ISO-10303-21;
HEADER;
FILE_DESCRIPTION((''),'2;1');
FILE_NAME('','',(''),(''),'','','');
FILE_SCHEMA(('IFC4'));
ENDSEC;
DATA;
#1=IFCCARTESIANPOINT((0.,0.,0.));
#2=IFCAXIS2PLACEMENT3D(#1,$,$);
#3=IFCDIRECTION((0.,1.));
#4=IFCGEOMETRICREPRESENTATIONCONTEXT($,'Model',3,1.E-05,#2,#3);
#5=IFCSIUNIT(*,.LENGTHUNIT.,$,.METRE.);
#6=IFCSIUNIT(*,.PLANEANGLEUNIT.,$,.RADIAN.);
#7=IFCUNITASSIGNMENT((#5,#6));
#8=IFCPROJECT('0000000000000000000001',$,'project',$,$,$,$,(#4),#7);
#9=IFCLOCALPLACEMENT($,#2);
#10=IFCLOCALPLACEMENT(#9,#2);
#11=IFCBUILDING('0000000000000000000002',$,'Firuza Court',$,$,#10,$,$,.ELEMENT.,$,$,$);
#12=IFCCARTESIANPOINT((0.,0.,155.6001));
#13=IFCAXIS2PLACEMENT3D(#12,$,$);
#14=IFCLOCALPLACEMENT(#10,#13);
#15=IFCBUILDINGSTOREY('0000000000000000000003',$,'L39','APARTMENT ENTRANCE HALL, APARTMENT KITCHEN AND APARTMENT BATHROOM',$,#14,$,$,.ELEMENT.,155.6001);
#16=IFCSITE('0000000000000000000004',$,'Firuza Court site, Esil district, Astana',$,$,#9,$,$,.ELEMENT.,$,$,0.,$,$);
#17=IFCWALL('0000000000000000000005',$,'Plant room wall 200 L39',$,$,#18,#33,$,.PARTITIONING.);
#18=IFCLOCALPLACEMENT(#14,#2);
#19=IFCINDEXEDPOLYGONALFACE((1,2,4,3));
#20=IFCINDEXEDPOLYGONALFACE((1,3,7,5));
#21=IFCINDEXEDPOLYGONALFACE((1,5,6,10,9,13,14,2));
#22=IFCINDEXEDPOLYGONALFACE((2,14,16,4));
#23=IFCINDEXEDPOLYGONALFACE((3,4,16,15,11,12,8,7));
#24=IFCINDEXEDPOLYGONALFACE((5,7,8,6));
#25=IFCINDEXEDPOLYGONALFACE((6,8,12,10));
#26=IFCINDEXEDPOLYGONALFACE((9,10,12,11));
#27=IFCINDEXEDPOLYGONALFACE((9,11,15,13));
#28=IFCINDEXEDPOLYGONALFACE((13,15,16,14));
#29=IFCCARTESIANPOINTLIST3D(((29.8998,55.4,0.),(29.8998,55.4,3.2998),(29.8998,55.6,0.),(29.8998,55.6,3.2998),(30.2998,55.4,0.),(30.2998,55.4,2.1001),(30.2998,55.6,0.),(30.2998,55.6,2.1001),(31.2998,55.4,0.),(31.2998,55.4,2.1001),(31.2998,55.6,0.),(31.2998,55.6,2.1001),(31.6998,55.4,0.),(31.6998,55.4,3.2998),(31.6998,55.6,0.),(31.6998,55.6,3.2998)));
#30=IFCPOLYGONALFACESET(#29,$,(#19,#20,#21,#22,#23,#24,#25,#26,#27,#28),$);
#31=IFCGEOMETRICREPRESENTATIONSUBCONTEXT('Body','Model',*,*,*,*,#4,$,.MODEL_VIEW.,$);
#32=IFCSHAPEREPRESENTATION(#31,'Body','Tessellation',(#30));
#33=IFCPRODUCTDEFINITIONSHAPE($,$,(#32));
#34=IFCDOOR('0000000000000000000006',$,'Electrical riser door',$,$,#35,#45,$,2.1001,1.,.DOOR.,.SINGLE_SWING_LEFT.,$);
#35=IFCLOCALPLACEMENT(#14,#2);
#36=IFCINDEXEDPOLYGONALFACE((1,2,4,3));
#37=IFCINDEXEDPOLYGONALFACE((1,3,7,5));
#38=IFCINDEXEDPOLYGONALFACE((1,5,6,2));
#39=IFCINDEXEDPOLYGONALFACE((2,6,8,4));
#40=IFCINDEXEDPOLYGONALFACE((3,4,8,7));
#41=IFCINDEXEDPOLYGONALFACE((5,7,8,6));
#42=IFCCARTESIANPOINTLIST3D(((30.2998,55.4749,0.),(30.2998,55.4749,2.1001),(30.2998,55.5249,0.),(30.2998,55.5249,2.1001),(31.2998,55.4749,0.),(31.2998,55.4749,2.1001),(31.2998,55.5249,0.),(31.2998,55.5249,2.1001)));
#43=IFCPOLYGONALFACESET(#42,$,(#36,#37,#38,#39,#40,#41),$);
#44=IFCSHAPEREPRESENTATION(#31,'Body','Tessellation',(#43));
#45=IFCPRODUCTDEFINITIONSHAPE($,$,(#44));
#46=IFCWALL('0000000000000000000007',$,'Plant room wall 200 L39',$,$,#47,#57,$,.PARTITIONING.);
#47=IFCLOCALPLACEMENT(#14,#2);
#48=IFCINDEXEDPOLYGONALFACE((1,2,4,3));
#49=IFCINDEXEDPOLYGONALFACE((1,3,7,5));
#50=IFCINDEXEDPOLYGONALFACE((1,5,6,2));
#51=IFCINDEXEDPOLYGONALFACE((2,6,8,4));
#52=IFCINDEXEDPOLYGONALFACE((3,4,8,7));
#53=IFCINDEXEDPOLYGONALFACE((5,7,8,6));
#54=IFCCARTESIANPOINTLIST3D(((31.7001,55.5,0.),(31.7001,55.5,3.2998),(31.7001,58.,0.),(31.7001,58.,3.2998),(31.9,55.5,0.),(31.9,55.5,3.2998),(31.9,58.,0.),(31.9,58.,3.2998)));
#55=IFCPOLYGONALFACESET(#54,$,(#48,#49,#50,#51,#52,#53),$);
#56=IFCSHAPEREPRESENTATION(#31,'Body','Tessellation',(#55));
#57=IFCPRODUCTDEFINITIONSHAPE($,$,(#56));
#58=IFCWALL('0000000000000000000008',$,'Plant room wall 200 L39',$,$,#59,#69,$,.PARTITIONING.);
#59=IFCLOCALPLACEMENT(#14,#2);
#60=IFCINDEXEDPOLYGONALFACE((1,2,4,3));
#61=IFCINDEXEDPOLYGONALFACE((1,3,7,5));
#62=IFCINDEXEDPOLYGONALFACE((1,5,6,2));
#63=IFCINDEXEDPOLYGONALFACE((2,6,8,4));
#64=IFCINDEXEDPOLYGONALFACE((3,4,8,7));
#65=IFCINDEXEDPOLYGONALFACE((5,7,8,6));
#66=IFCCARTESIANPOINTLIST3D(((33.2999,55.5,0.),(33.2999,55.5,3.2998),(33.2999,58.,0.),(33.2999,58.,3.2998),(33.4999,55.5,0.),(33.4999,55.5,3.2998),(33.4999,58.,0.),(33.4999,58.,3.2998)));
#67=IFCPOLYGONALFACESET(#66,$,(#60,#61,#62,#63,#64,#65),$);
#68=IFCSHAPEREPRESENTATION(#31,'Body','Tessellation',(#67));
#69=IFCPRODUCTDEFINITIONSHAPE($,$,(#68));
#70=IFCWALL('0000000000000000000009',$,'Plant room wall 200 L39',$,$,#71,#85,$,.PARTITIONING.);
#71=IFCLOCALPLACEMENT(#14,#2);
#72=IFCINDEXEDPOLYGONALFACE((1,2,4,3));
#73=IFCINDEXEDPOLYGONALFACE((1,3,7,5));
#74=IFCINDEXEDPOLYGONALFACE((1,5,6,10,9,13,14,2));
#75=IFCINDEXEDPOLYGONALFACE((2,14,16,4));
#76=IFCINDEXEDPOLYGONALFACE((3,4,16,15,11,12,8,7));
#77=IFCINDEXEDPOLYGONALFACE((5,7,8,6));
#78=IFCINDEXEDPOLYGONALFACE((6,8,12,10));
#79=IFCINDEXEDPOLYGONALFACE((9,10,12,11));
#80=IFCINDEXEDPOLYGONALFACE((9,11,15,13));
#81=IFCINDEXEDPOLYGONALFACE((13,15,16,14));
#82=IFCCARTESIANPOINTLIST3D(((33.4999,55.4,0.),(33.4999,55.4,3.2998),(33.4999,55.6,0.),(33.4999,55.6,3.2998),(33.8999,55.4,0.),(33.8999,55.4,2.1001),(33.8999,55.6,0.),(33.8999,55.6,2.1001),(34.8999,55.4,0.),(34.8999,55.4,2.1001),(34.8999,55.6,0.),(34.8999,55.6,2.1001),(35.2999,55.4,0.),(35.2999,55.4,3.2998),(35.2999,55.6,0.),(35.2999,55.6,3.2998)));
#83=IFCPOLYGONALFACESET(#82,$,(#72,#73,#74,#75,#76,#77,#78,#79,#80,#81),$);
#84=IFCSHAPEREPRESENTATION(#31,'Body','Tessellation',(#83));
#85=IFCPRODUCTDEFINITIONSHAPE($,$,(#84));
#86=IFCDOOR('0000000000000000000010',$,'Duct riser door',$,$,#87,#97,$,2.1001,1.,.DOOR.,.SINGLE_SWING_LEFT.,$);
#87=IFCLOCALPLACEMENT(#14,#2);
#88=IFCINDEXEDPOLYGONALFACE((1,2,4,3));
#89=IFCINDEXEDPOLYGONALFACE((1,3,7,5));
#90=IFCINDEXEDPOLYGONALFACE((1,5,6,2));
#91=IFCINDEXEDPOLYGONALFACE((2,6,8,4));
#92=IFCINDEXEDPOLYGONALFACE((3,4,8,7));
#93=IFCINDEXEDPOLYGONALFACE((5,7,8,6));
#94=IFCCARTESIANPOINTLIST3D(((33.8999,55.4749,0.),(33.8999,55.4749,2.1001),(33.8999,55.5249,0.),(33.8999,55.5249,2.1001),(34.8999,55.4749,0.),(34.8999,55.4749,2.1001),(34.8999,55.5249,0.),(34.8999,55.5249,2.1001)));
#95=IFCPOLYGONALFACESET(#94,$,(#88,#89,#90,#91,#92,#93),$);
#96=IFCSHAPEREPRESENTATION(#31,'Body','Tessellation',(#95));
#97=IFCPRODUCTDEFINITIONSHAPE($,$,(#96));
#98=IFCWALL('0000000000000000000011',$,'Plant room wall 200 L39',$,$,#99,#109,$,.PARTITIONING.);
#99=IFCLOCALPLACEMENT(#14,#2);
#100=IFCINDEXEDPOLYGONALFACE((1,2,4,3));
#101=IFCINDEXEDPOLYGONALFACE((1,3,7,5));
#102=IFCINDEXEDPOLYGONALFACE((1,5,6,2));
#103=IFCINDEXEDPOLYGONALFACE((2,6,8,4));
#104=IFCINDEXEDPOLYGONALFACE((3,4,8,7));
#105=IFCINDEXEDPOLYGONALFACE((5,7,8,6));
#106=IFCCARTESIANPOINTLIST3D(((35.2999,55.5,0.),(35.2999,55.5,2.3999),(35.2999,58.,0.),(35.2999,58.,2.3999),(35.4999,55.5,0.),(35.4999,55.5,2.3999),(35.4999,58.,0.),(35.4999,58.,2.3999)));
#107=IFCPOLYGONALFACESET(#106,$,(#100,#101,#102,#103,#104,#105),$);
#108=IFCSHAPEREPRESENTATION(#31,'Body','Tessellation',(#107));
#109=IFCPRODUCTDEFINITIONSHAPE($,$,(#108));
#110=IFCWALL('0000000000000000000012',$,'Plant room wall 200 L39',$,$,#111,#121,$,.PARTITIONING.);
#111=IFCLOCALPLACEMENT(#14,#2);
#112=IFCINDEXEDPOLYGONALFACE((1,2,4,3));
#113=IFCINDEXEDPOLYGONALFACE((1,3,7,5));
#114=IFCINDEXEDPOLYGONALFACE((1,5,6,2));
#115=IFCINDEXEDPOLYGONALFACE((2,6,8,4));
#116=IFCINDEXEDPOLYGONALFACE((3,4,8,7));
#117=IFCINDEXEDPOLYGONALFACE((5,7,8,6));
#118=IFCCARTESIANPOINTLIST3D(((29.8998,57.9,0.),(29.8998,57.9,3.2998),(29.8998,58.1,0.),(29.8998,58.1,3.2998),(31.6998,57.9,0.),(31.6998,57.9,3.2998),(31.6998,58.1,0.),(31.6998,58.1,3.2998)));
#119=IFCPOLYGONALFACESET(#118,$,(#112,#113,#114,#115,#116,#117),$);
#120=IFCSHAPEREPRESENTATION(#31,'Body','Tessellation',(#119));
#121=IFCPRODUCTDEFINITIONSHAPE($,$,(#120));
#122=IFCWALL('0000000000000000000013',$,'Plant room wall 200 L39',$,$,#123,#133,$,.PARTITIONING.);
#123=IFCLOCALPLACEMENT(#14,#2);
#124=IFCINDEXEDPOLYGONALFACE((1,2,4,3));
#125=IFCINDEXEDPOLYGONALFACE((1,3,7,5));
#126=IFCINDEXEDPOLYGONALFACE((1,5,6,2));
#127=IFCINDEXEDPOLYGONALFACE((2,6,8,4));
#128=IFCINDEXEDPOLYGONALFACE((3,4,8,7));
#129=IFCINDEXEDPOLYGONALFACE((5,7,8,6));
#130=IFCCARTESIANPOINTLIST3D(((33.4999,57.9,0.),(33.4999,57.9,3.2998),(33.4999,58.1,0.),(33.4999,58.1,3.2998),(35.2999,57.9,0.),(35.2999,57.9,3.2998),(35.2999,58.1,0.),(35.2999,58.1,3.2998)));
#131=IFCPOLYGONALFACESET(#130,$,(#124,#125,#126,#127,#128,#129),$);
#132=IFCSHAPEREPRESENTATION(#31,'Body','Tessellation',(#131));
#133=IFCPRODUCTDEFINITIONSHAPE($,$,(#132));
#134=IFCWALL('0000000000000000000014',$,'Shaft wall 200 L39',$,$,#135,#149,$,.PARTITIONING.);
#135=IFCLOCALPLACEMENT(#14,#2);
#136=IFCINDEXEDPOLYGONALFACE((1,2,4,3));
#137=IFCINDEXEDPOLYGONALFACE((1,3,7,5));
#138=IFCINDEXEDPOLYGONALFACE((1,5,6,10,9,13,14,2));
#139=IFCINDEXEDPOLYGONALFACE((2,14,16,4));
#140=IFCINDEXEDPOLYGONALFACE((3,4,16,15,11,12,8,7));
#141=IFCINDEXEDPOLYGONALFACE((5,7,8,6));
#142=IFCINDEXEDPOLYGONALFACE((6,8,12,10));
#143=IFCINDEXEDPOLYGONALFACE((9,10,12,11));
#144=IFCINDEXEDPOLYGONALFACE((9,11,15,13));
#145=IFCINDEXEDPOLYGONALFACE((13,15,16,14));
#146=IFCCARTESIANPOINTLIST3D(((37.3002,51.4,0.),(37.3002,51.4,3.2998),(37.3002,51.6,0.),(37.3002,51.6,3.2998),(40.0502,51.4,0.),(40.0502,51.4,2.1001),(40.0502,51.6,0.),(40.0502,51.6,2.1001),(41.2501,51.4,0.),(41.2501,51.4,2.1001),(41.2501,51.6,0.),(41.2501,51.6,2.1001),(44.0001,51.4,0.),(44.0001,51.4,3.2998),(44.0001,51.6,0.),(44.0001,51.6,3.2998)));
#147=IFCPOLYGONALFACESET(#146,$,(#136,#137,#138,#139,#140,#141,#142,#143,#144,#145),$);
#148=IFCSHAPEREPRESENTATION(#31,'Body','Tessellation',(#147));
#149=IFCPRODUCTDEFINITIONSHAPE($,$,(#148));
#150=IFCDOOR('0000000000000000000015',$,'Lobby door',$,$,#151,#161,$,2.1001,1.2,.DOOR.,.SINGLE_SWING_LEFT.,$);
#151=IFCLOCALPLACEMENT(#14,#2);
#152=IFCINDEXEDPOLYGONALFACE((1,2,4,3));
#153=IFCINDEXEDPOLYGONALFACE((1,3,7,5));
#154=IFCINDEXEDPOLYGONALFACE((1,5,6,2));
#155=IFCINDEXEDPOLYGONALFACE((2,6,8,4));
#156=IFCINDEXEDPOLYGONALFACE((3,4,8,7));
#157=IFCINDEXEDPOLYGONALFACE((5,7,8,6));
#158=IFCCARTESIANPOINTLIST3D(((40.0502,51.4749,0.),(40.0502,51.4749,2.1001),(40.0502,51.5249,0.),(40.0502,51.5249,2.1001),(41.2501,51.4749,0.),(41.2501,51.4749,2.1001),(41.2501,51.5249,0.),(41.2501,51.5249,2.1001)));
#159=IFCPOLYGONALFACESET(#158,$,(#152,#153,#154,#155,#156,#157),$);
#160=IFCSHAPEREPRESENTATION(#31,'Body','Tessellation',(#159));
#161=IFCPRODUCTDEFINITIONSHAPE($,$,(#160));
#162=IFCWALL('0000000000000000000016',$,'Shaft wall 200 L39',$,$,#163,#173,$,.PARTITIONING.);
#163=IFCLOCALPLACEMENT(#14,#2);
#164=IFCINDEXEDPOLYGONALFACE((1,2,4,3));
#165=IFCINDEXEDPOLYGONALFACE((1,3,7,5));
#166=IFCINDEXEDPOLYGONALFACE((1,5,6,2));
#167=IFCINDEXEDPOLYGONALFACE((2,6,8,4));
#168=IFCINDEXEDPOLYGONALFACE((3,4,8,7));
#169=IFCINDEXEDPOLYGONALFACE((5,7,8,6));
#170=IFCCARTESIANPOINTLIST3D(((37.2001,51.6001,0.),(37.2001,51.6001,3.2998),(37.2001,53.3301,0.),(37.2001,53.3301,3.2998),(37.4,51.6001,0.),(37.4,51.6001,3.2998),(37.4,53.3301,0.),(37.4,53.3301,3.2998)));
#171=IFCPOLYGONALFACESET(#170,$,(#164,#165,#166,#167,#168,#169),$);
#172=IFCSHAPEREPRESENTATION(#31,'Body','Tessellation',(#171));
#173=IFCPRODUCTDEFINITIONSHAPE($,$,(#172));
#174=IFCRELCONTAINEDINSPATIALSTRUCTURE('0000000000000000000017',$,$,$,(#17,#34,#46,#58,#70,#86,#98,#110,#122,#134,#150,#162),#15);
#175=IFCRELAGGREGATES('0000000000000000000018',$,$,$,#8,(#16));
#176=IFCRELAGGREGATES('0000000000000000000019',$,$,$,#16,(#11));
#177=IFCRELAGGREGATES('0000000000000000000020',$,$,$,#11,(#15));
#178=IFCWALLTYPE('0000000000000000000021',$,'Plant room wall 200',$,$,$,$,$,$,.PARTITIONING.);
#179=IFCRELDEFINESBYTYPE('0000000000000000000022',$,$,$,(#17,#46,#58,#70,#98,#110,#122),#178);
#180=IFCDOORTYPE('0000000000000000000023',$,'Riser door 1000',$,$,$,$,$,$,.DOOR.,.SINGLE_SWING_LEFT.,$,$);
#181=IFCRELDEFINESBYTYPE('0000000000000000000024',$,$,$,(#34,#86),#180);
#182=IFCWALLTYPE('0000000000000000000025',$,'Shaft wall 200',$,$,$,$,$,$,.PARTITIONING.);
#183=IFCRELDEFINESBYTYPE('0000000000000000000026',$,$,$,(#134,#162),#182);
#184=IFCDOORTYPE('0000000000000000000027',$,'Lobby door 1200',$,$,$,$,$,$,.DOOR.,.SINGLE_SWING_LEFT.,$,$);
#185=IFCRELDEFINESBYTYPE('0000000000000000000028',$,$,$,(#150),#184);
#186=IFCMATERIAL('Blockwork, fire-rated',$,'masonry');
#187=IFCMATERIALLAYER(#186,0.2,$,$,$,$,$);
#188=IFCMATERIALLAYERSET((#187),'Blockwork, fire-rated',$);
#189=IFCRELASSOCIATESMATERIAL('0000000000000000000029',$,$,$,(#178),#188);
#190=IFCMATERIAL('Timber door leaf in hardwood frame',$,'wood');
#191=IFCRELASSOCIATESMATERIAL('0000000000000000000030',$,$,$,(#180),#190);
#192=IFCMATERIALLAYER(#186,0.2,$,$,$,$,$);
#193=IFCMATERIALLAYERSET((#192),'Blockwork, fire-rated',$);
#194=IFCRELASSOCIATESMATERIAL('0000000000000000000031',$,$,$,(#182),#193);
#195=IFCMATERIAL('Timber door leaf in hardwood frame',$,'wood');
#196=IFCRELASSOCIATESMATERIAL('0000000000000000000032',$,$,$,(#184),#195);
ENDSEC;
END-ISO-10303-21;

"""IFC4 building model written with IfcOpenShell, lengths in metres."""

from ifc_helpers import new_model, si_unit, direction, frame, frame_2d, origin, place, context, subcontext, project, spatial, rectangle, extrude, material, layer, layer_set, type_object, element, fill, save


model = new_model("IFC4")

# Units and contexts
model_context = context("Model", 3, precision=1e-05, world=origin(), true_north=direction((0.0, 1.0)))
body_context = subcontext(model_context, "Body", "Model", "MODEL_VIEW")
ifc_project = project(units=[si_unit("LENGTHUNIT", "METRE"), si_unit("PLANEANGLEUNIT", "RADIAN")], contexts=[model_context])

# Site, building, storey
site_placement = place(None, origin())
site = spatial("IfcSite", under=ifc_project, at=site_placement, Name="Firuza Court site, Esil district, Astana", CompositionType="ELEMENT", RefElevation=0.0)
building_placement = place(site_placement, origin())
building = spatial("IfcBuilding", under=site, at=building_placement, Name="Firuza Court", CompositionType="ELEMENT")
storey_placement = place(building_placement, frame((0.0, 0.0, 155.6001)))
storey = spatial("IfcBuildingStorey", under=building, at=storey_placement, Name="L39", Description="APARTMENT ENTRANCE HALL, APARTMENT KITCHEN AND APARTMENT BATHROOM", CompositionType="ELEMENT", Elevation=155.6001)

# Wall, opening, door
ifc_material_1 = material(Name="Blockwork, fire-rated", Category="masonry")
ifc_layer_1 = layer(ifc_material_1, 0.2)
ifc_layer_set_1 = layer_set([ifc_layer_1], Name="Blockwork, fire-rated")
wall_type_1 = type_object("IfcWallType", Name="Plant room wall 200", PredefinedType="PARTITIONING", material=ifc_layer_set_1)
wall_1_placement = place(storey_placement, frame((29.8999, 55.5, 0.0), z_axis=(0.0, 0.0, 1.0), x_axis=(1.0, 0.0, 0.0)))
wall_1 = element("IfcWall", 1, at=wall_1_placement, inside=storey, type_object=wall_type_1, Name="Plant room wall 200 L39", PredefinedType="PARTITIONING", context=body_context, shape_type="SweptSolid", body=[
    extrude(rectangle(XDim=1.8, YDim=0.2, at=frame_2d((0.8999, 0.0))), origin(), (0.0, 0.0, 1.0), 3.2998),
])
opening_1_placement = place(wall_1_placement, frame((0.3999, 0.0, 0.0)))
opening_1 = element("IfcOpeningElement", 2, at=opening_1_placement, cuts=wall_1, PredefinedType="OPENING", context=body_context, shape_type="SweptSolid", body=[
    extrude(rectangle(XDim=1.0, YDim=2.1001, at=frame_2d((0.5, 1.05))), frame((0.0, 0.1118, 0.0), z_axis=(0.0, -1.0, 0.0), x_axis=(1.0, 0.0, 0.0)), (0.0, 0.0, 1.0), 0.2239),
])
ifc_material_2 = material(Name="Timber door leaf in hardwood frame", Category="wood")
door_type_1 = type_object("IfcDoorType", Name="Riser door 1000", OperationType="SINGLE_SWING_LEFT", PredefinedType="DOOR", material=ifc_material_2)
door_1_placement = place(opening_1_placement, origin())
door_1 = element("IfcDoor", 3, at=door_1_placement, inside=storey, type_object=door_type_1, Name="Electrical riser door", OperationType="SINGLE_SWING_LEFT", OverallHeight=2.1001, OverallWidth=1.0, PredefinedType="DOOR", context=body_context, shape_type="SweptSolid", body=[
    extrude(rectangle(XDim=1.0, YDim=2.1001, at=frame_2d((0.5, 1.05))), frame((0.0, 0.0249, 0.0), z_axis=(0.0, -1.0, 0.0), x_axis=(1.0, 0.0, 0.0)), (0.0, 0.0, 1.0), 0.05),
])
fill(opening_1, door_1)

# Walls
for number, where, z_axis, x_axis, name in (
    (4, (31.8, 55.5, 0.0), (0.0, 0.0, 1.0), (0.0, 1.0, 0.0), "Plant room wall 200 L39"),
    (5, (33.3999, 55.5, 0.0), (0.0, 0.0, 1.0), (0.0, 1.0, 0.0), "Plant room wall 200 L39"),
):
    element("IfcWall", number, at=place(storey_placement, frame(where, z_axis=z_axis, x_axis=x_axis)), inside=storey, type_object=wall_type_1, Name=name, PredefinedType="PARTITIONING", context=body_context, shape_type="SweptSolid", body=[
        extrude(rectangle(XDim=2.5, YDim=0.2, at=frame_2d((1.25, 0.0))), origin(), (0.0, 0.0, 1.0), 3.2998),
    ])

# Wall, opening, door
wall_2_placement = place(storey_placement, frame((33.5, 55.5, 0.0), z_axis=(0.0, 0.0, 1.0), x_axis=(1.0, 0.0, 0.0)))
wall_2 = element("IfcWall", 6, at=wall_2_placement, inside=storey, type_object=wall_type_1, Name="Plant room wall 200 L39", PredefinedType="PARTITIONING", context=body_context, shape_type="SweptSolid", body=[
    extrude(rectangle(XDim=1.8, YDim=0.2, at=frame_2d((0.8999, 0.0))), origin(), (0.0, 0.0, 1.0), 3.2998),
])
opening_2_placement = place(wall_2_placement, frame((0.3999, 0.0, 0.0)))
opening_2 = element("IfcOpeningElement", 7, at=opening_2_placement, cuts=wall_2, PredefinedType="OPENING", context=body_context, shape_type="SweptSolid", body=[
    extrude(rectangle(XDim=1.0, YDim=2.1001, at=frame_2d((0.5, 1.05))), frame((0.0, 0.1118, 0.0), z_axis=(0.0, -1.0, 0.0), x_axis=(1.0, 0.0, 0.0)), (0.0, 0.0, 1.0), 0.2239),
])
door_2_placement = place(opening_2_placement, origin())
door_2 = element("IfcDoor", 8, at=door_2_placement, inside=storey, type_object=door_type_1, Name="Duct riser door", OperationType="SINGLE_SWING_LEFT", OverallHeight=2.1001, OverallWidth=1.0, PredefinedType="DOOR", context=body_context, shape_type="SweptSolid", body=[
    extrude(rectangle(XDim=1.0, YDim=2.1001, at=frame_2d((0.5, 1.05))), frame((0.0, 0.0249, 0.0), z_axis=(0.0, -1.0, 0.0), x_axis=(1.0, 0.0, 0.0)), (0.0, 0.0, 1.0), 0.05),
])
fill(opening_2, door_2)

# Walls
wall_3_placement = place(storey_placement, frame((35.3999, 55.5, 0.0), z_axis=(0.0, 0.0, 1.0), x_axis=(0.0, 1.0, 0.0)))
element("IfcWall", 9, at=wall_3_placement, inside=storey, type_object=wall_type_1, Name="Plant room wall 200 L39", PredefinedType="PARTITIONING", context=body_context, shape_type="SweptSolid", body=[
    extrude(rectangle(XDim=2.5, YDim=0.2, at=frame_2d((1.25, 0.0))), origin(), (0.0, 0.0, 1.0), 2.3999),
])
for number, where, z_axis, x_axis, name in (
    (10, (29.8999, 58.0, 0.0), (0.0, 0.0, 1.0), (1.0, 0.0, 0.0), "Plant room wall 200 L39"),
    (11, (33.5, 58.0, 0.0), (0.0, 0.0, 1.0), (1.0, 0.0, 0.0), "Plant room wall 200 L39"),
):
    element("IfcWall", number, at=place(storey_placement, frame(where, z_axis=z_axis, x_axis=x_axis)), inside=storey, type_object=wall_type_1, Name=name, PredefinedType="PARTITIONING", context=body_context, shape_type="SweptSolid", body=[
        extrude(rectangle(XDim=1.8, YDim=0.2, at=frame_2d((0.8999, 0.0))), origin(), (0.0, 0.0, 1.0), 3.2998),
    ])

# Wall, opening, door
ifc_layer_2 = layer(ifc_material_1, 0.2)
ifc_layer_set_2 = layer_set([ifc_layer_2], Name="Blockwork, fire-rated")
wall_type_2 = type_object("IfcWallType", Name="Shaft wall 200", PredefinedType="PARTITIONING", material=ifc_layer_set_2)
wall_4_placement = place(storey_placement, frame((37.3, 51.5, 0.0), z_axis=(0.0, 0.0, 1.0), x_axis=(1.0, 0.0, 0.0)))
wall_4 = element("IfcWall", 12, at=wall_4_placement, inside=storey, type_object=wall_type_2, Name="Shaft wall 200 L39", PredefinedType="PARTITIONING", context=body_context, shape_type="SweptSolid", body=[
    extrude(rectangle(XDim=6.7, YDim=0.2, at=frame_2d((3.3501, 0.0))), origin(), (0.0, 0.0, 1.0), 3.2998),
])
opening_3_placement = place(wall_4_placement, frame((2.75, 0.0, 0.0)))
opening_3 = element("IfcOpeningElement", 13, at=opening_3_placement, cuts=wall_4, PredefinedType="OPENING", context=body_context, shape_type="SweptSolid", body=[
    extrude(rectangle(XDim=1.2, YDim=2.1001, at=frame_2d((0.6001, 1.05))), frame((0.0, 0.1118, 0.0), z_axis=(0.0, -1.0, 0.0), x_axis=(1.0, 0.0, 0.0)), (0.0, 0.0, 1.0), 0.2239),
])
ifc_material_3 = material(Name="Timber door leaf in hardwood frame", Category="wood")
door_type_2 = type_object("IfcDoorType", Name="Lobby door 1200", OperationType="SINGLE_SWING_LEFT", PredefinedType="DOOR", material=ifc_material_3)
door_3_placement = place(opening_3_placement, origin())
door_3 = element("IfcDoor", 14, at=door_3_placement, inside=storey, type_object=door_type_2, Name="Lobby door", OperationType="SINGLE_SWING_LEFT", OverallHeight=2.1001, OverallWidth=1.2, PredefinedType="DOOR", context=body_context, shape_type="SweptSolid", body=[
    extrude(rectangle(XDim=1.2, YDim=2.1001, at=frame_2d((0.6001, 1.05))), frame((0.0, 0.0249, 0.0), z_axis=(0.0, -1.0, 0.0), x_axis=(1.0, 0.0, 0.0)), (0.0, 0.0, 1.0), 0.05),
])
fill(opening_3, door_3)

# Wall
wall_5_placement = place(storey_placement, frame((37.3, 51.6001, 0.0), z_axis=(0.0, 0.0, 1.0), x_axis=(0.0, 1.0, 0.0)))
element("IfcWall", 15, at=wall_5_placement, inside=storey, type_object=wall_type_2, Name="Shaft wall 200 L39", PredefinedType="PARTITIONING", context=body_context, shape_type="SweptSolid", body=[
    extrude(rectangle(XDim=1.73, YDim=0.2, at=frame_2d((0.865, 0.0))), origin(), (0.0, 0.0, 1.0), 3.2998),
])

save(model, "model.ifc")
